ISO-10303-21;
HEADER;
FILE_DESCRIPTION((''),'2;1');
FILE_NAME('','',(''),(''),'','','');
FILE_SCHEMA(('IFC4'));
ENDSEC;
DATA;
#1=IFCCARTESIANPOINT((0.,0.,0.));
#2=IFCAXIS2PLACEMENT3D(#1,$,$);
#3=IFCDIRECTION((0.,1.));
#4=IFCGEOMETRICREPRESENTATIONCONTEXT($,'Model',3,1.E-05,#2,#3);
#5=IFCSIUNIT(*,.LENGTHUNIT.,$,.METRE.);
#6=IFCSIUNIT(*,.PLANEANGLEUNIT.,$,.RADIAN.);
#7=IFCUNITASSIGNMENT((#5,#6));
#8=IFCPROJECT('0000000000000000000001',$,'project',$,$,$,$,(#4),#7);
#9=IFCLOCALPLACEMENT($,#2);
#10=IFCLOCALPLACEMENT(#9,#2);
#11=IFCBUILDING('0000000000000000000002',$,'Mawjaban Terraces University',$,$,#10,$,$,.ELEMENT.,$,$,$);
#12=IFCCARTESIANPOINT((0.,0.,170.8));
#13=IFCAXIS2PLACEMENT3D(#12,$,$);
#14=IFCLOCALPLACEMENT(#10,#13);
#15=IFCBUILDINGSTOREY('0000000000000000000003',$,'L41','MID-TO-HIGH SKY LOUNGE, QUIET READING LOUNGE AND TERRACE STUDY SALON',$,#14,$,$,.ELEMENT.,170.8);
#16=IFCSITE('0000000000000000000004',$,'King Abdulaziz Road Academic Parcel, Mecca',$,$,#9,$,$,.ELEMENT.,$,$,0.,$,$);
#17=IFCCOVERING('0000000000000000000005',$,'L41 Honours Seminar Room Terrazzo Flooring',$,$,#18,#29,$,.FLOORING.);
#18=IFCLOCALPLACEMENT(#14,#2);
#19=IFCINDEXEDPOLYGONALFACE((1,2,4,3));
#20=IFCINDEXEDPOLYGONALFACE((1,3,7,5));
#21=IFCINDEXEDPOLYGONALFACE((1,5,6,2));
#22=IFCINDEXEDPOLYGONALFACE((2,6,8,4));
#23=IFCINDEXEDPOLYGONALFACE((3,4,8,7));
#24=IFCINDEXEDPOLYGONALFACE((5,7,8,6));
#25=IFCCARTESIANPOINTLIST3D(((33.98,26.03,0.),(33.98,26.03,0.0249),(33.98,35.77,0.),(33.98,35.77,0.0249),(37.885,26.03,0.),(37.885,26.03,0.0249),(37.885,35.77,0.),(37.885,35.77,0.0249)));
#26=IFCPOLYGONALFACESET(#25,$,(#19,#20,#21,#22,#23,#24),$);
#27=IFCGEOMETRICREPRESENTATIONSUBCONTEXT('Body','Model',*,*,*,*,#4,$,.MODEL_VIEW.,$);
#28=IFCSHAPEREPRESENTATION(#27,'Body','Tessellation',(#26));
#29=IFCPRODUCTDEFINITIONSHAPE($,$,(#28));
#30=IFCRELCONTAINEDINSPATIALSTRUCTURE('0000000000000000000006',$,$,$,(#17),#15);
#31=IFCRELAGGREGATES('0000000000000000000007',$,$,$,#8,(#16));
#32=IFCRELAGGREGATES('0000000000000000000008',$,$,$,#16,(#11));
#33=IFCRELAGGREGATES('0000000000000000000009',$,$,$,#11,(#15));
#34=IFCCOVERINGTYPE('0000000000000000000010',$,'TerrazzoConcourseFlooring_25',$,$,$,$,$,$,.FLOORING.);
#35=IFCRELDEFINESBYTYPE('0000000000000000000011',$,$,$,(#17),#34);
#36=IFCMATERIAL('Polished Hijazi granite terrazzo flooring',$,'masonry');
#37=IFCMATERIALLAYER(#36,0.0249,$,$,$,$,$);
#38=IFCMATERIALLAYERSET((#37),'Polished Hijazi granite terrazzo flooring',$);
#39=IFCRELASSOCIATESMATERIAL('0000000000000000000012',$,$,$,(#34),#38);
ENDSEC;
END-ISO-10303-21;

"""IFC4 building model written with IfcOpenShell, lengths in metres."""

from ifc_helpers import new_model, si_unit, direction, frame, origin, place, context, subcontext, project, spatial, polyline, outline, extrude, material, layer, layer_set, type_object, element, save


model = new_model("IFC4")

# Units and contexts
model_context = context("Model", 3, precision=1e-05, world=origin(), true_north=direction((0.0, 1.0)))
body_context = subcontext(model_context, "Body", "Model", "MODEL_VIEW")
ifc_project = project(units=[si_unit("LENGTHUNIT", "METRE"), si_unit("PLANEANGLEUNIT", "RADIAN")], contexts=[model_context])

# Site, building, storey
site_placement = place(None, origin())
site = spatial("IfcSite", under=ifc_project, at=site_placement, Name="King Abdulaziz Road Academic Parcel, Mecca", CompositionType="ELEMENT", RefElevation=0.0)
building_placement = place(site_placement, origin())
building = spatial("IfcBuilding", under=site, at=building_placement, Name="Mawjaban Terraces University", CompositionType="ELEMENT")
storey_placement = place(building_placement, frame((0.0, 0.0, 170.8)))
storey = spatial("IfcBuildingStorey", under=building, at=storey_placement, Name="L41", Description="MID-TO-HIGH SKY LOUNGE, QUIET READING LOUNGE AND TERRACE STUDY SALON", CompositionType="ELEMENT", Elevation=170.8)

# Covering
ifc_material_1 = material(Name="Polished Hijazi granite terrazzo flooring", Category="masonry")
ifc_layer_1 = layer(ifc_material_1, 0.0249)
ifc_layer_set_1 = layer_set([ifc_layer_1], Name="Polished Hijazi granite terrazzo flooring")
covering_type_1 = type_object("IfcCoveringType", Name="TerrazzoConcourseFlooring_25", PredefinedType="FLOORING", material=ifc_layer_set_1)
covering_1_placement = place(storey_placement, origin())
element("IfcCovering", 1, at=covering_1_placement, inside=storey, type_object=covering_type_1, Name="L41 Honours Seminar Room Terrazzo Flooring", PredefinedType="FLOORING", context=body_context, shape_type="SweptSolid", body=[
    extrude(outline(polyline([(37.885, 26.03), (37.885, 35.77), (33.98, 35.77), (33.98, 26.03), (37.885, 26.03)])), origin(), (0.0, 0.0, 1.0), 0.0249),
])

save(model, "model.ifc")
